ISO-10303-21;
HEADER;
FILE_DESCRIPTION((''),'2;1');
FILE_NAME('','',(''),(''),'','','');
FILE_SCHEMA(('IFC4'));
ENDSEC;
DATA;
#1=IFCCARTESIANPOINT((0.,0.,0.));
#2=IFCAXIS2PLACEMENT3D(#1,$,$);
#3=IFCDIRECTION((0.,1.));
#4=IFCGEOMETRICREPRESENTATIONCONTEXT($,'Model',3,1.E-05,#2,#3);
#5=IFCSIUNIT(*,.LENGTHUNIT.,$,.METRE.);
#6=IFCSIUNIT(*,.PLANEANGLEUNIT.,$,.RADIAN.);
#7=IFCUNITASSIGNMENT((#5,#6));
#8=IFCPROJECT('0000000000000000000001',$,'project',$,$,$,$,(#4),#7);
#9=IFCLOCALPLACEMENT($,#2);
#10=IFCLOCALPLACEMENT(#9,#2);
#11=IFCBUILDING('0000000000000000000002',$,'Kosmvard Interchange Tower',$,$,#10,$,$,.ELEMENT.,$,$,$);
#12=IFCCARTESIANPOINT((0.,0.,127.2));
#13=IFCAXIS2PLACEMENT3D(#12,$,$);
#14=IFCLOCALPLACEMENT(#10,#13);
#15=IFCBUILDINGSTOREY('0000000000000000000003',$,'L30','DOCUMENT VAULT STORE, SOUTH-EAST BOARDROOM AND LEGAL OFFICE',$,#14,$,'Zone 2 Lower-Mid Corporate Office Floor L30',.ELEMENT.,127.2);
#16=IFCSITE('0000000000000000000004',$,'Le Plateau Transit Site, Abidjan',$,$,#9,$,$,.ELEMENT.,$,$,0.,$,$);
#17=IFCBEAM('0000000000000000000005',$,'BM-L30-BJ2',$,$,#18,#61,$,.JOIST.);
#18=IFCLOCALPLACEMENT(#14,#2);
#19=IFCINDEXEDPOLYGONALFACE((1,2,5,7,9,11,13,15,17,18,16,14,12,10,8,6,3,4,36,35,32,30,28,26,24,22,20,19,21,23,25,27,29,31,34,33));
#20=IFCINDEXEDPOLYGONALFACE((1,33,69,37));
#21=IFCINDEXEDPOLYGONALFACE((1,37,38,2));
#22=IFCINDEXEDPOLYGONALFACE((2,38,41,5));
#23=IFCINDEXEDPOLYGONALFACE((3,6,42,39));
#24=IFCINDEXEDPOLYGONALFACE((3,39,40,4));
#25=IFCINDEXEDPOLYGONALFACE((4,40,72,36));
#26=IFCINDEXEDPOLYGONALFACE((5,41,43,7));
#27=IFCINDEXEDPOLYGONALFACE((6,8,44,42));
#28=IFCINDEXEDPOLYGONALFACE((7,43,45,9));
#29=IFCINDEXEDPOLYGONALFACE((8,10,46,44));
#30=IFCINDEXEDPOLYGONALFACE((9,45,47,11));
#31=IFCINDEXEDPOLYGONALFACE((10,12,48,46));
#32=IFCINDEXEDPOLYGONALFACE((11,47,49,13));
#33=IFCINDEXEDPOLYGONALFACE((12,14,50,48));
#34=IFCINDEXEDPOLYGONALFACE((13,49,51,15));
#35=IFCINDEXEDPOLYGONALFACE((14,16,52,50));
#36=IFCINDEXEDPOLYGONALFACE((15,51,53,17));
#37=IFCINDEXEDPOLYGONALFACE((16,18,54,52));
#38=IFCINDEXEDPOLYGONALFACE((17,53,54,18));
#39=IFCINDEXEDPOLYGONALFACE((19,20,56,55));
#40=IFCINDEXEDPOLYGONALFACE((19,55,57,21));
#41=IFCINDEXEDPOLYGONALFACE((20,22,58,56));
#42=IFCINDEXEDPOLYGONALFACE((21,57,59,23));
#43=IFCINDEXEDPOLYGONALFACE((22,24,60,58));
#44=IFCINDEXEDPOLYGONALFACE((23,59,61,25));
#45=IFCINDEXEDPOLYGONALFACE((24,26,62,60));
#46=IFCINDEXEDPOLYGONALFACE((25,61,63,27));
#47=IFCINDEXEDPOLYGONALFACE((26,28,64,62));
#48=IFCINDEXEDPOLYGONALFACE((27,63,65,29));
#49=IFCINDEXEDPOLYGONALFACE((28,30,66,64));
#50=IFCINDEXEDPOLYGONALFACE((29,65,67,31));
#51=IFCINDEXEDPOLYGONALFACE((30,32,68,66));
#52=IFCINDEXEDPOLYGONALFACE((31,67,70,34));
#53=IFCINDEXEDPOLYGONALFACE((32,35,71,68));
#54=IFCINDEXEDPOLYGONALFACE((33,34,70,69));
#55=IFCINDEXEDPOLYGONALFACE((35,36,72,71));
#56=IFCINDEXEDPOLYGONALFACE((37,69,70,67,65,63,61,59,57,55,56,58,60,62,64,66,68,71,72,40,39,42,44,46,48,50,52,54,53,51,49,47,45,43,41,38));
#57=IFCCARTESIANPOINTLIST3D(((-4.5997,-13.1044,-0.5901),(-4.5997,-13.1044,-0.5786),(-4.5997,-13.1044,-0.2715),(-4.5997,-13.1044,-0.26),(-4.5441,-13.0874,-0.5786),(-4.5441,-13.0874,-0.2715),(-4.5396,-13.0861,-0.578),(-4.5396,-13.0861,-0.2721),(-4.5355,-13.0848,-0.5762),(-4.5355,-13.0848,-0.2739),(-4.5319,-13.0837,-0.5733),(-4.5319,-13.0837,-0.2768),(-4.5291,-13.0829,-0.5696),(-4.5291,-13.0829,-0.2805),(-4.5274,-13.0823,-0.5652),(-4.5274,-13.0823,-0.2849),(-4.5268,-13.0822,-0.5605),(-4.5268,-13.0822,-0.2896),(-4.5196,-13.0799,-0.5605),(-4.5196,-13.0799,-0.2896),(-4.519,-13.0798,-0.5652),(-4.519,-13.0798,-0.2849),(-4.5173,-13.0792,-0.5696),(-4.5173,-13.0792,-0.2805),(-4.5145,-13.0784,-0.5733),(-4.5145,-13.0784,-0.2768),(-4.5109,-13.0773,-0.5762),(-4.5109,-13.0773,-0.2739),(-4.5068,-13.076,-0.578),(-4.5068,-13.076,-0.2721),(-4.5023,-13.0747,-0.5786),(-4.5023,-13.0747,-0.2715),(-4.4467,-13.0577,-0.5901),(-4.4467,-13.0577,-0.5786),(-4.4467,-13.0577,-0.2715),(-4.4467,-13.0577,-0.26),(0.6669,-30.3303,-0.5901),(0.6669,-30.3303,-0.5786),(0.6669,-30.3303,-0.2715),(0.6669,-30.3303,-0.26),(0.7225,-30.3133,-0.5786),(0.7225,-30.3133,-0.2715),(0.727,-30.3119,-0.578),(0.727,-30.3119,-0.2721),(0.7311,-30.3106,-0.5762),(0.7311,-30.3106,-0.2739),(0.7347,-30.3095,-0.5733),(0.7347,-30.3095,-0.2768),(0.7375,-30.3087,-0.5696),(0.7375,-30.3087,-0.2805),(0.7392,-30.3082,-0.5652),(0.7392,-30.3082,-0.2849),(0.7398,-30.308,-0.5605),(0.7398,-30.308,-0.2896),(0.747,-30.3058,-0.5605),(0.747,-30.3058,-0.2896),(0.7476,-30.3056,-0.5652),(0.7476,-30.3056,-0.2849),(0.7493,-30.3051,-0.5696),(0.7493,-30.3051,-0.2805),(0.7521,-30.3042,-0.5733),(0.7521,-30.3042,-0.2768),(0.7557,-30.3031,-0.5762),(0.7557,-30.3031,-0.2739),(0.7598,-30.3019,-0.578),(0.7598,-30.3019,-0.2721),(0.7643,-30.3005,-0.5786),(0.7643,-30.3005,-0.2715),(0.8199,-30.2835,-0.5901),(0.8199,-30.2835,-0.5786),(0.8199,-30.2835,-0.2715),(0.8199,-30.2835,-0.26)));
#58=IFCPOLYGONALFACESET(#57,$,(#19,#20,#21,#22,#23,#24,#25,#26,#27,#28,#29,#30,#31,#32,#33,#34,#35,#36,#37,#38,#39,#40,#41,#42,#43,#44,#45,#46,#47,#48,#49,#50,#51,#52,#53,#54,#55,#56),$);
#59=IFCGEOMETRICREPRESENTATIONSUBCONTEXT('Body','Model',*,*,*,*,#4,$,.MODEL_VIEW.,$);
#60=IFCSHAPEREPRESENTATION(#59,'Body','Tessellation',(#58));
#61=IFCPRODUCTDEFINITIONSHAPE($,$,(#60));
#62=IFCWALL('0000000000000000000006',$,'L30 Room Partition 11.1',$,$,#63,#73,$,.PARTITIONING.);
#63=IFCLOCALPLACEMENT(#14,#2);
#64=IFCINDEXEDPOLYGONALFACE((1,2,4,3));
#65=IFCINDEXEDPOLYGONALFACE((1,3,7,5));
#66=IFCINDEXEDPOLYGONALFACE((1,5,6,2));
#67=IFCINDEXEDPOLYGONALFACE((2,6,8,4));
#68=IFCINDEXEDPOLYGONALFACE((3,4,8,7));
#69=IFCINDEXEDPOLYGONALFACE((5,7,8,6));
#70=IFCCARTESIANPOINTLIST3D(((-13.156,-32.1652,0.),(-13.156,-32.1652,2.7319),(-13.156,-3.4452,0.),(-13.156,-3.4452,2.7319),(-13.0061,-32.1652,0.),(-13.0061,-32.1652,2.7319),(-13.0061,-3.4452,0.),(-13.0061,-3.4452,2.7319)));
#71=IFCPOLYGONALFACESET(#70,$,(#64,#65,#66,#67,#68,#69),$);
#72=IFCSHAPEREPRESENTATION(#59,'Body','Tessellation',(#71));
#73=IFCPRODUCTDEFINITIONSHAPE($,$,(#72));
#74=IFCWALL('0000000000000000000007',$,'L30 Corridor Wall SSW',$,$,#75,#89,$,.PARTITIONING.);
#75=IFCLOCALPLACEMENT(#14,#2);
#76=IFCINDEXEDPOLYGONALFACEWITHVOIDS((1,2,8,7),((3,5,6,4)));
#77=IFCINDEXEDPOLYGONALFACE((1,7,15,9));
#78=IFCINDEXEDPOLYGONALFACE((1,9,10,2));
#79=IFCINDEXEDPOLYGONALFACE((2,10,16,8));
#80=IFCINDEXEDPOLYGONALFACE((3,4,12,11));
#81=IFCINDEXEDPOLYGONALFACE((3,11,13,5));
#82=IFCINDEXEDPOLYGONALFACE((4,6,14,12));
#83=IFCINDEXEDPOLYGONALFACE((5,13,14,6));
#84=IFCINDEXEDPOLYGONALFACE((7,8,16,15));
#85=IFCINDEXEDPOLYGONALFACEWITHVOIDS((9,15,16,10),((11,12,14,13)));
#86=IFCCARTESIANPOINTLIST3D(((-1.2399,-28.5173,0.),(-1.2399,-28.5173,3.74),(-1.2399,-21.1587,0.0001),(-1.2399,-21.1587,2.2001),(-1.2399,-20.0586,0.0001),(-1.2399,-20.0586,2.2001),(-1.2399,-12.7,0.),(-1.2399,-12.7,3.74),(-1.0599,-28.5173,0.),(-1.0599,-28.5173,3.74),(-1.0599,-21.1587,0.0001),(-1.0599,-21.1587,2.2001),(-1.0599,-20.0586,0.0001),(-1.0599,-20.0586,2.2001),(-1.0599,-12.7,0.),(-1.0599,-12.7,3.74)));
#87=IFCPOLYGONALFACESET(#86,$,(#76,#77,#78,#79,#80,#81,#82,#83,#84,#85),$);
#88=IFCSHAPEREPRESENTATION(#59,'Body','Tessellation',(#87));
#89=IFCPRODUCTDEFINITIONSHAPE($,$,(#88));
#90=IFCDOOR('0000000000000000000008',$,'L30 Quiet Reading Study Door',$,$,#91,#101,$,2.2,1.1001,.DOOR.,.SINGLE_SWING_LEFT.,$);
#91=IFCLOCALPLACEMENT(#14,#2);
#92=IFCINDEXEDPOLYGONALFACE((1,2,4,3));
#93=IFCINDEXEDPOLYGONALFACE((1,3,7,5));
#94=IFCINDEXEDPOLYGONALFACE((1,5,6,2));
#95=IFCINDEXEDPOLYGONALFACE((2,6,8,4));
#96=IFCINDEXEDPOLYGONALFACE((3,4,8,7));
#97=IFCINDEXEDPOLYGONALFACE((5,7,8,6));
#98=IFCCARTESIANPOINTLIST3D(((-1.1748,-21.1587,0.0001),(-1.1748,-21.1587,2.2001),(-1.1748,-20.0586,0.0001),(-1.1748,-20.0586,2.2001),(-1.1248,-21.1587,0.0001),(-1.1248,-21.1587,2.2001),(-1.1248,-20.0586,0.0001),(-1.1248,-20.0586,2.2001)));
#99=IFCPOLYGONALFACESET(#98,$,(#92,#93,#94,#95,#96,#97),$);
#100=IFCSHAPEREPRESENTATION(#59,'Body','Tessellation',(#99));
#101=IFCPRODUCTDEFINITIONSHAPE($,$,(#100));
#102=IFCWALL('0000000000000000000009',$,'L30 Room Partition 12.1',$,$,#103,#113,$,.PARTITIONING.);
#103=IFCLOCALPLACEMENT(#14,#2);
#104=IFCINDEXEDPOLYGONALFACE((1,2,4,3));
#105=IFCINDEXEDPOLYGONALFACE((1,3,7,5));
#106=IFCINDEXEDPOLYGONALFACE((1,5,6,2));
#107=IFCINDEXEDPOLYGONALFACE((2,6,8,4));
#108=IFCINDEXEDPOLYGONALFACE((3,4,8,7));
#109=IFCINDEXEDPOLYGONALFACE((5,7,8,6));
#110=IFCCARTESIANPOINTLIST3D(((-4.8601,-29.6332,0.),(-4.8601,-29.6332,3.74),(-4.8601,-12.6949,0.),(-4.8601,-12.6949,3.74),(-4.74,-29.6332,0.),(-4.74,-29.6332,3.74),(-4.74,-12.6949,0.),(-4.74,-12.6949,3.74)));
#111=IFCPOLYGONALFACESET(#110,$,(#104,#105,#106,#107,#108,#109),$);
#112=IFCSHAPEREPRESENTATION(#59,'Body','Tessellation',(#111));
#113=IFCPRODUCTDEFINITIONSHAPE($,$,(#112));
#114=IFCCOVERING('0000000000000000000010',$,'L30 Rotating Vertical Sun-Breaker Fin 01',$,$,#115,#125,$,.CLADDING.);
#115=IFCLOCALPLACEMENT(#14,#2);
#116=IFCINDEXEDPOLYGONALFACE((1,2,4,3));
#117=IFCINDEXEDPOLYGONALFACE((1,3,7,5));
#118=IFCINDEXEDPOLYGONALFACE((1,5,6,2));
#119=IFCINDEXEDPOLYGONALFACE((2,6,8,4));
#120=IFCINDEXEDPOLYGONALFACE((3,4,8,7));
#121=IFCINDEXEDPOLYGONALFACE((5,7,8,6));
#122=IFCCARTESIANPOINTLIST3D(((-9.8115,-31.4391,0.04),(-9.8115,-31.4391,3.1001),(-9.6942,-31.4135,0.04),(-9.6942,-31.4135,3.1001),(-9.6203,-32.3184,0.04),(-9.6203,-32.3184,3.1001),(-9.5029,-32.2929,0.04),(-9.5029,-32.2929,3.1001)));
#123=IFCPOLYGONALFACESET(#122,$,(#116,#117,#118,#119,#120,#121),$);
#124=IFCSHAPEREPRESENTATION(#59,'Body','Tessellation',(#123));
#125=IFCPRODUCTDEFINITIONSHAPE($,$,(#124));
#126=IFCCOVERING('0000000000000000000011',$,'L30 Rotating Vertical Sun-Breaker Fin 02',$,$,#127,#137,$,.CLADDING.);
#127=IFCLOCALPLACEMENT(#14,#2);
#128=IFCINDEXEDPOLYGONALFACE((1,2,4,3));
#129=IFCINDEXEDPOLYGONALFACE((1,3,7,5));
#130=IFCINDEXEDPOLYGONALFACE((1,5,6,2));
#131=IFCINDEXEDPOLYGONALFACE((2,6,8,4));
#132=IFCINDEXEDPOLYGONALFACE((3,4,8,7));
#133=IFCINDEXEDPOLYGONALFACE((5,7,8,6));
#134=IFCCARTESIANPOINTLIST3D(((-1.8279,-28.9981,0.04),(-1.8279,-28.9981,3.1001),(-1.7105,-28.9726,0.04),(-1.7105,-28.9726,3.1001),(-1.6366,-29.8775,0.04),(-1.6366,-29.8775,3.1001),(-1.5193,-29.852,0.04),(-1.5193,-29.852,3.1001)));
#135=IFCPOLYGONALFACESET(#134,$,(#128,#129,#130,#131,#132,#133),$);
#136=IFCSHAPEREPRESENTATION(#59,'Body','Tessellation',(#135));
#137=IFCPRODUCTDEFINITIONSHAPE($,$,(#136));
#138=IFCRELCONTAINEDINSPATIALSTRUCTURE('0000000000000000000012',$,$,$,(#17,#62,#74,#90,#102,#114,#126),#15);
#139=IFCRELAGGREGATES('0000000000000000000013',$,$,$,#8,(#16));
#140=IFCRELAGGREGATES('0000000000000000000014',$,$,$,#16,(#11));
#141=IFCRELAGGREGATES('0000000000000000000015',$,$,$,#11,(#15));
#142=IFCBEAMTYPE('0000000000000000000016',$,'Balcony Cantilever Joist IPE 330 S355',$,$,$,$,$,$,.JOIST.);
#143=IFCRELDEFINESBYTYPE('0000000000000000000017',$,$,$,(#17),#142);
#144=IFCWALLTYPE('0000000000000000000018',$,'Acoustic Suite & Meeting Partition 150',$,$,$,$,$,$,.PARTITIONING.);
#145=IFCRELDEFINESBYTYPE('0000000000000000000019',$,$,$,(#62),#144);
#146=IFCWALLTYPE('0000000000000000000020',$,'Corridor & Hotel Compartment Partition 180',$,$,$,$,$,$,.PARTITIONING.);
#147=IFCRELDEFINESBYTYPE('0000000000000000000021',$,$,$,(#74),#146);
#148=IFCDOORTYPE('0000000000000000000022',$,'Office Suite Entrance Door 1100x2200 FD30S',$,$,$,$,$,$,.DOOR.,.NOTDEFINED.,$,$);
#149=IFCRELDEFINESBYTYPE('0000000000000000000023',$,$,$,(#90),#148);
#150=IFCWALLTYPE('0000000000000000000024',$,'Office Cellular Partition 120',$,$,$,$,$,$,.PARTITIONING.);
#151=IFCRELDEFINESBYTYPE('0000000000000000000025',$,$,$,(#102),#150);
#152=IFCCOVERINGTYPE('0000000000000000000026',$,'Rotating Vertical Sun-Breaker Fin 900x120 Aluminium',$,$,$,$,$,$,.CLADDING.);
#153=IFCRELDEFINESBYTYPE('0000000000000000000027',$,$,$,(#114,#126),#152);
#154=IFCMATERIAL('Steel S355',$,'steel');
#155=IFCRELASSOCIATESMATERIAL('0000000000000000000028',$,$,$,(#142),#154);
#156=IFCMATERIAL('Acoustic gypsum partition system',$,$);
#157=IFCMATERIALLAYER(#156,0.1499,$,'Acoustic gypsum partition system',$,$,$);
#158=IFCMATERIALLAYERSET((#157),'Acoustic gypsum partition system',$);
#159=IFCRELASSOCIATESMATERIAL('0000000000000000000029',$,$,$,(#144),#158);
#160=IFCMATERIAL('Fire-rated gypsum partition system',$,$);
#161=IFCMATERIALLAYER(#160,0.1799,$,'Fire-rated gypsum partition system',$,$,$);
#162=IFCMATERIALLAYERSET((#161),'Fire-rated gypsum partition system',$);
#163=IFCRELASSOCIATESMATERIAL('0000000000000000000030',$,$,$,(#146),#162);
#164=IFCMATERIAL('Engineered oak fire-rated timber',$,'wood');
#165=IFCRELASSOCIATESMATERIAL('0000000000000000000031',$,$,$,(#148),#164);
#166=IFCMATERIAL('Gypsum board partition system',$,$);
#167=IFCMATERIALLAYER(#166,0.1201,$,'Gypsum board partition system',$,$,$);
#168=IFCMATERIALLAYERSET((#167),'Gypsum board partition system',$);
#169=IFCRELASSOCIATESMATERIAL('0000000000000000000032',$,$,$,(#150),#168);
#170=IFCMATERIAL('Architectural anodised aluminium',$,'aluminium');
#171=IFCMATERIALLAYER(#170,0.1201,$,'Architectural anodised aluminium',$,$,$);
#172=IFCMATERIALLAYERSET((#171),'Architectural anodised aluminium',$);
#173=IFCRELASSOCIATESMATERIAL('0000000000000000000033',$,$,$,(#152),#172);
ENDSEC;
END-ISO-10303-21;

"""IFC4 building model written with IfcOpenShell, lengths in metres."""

from ifc_helpers import new_model, si_unit, direction, frame, frame_2d, origin, origin_2d, place, context, subcontext, project, spatial, rectangle, i_section, extrude, source, transform, mapped, material, layer, layer_set, material_profile, profile_set, type_object, element, fill, save


model = new_model("IFC4")

# Units and contexts
model_context = context("Model", 3, precision=1e-05, world=origin(), true_north=direction((0.0, 1.0)))
body_context = subcontext(model_context, "Body", "Model", "MODEL_VIEW")
ifc_project = project(units=[si_unit("LENGTHUNIT", "METRE"), si_unit("PLANEANGLEUNIT", "RADIAN")], contexts=[model_context])

# Site, building, storey
site_placement = place(None, origin())
site = spatial("IfcSite", under=ifc_project, at=site_placement, Name="Le Plateau Transit Site, Abidjan", CompositionType="ELEMENT", RefElevation=0.0)
building_placement = place(site_placement, origin())
building = spatial("IfcBuilding", under=site, at=building_placement, Name="Kosmvard Interchange Tower", CompositionType="ELEMENT")
storey_placement = place(building_placement, frame((0.0, 0.0, 127.2)))
storey = spatial("IfcBuildingStorey", under=building, at=storey_placement, Name="L30", Description="DOCUMENT VAULT STORE, SOUTH-EAST BOARDROOM AND LEGAL OFFICE", LongName="Zone 2 Lower-Mid Corporate Office Floor L30", CompositionType="ELEMENT", Elevation=127.2)

# Beam
ifc_material_1 = material(Name="Steel S355", Category="steel")
ifc_material_profile_1 = material_profile(ifc_material_1, i_section(OverallWidth=0.1599, OverallDepth=0.3301, WebThickness=0.0076, FlangeThickness=0.0115, FilletRadius=0.0181, at=origin_2d()), Name="IPE 330")
ifc_profile_set_1 = profile_set([ifc_material_profile_1], Name="Steel S355")
beam_type_1 = type_object("IfcBeamType", Name="Balcony Cantilever Joist IPE 330 S355", PredefinedType="JOIST", material=ifc_profile_set_1)
shared_shape_1 = source(origin(), body_context, "Body", "SweptSolid", [
    extrude(i_section(OverallWidth=0.1599, OverallDepth=0.3301, WebThickness=0.0076, FlangeThickness=0.0115, FilletRadius=0.0181, at=origin_2d()), origin(), (0.0, 0.0, 1.0), 18.0129),
])
beam_1_placement = place(storey_placement, frame((-4.5232, -13.0811, -0.425), z_axis=(0.292379, -0.956303, 0.0), x_axis=(0.956303, 0.292379, 0.0)))
element("IfcBeam", 1, at=beam_1_placement, inside=storey, type_object=beam_type_1, Name="BM-L30-BJ2", PredefinedType="JOIST", context=body_context, shape_type="MappedRepresentation", body=[
    mapped(shared_shape_1, transform((0.0, 0.0, 0.0), scale=1.0)),
])

# Wall
ifc_material_2 = material(Name="Acoustic gypsum partition system")
ifc_layer_1 = layer(ifc_material_2, 0.1499, Name="Acoustic gypsum partition system")
ifc_layer_set_1 = layer_set([ifc_layer_1], Name="Acoustic gypsum partition system")
wall_type_1 = type_object("IfcWallType", Name="Acoustic Suite & Meeting Partition 150", PredefinedType="PARTITIONING", material=ifc_layer_set_1)
wall_1_placement = place(storey_placement, frame((-13.0811, -32.165, 0.0), z_axis=(0.0, 0.0, 1.0), x_axis=(0.0, 1.0, 0.0)))
element("IfcWall", 2, at=wall_1_placement, inside=storey, type_object=wall_type_1, Name="L30 Room Partition 11.1", PredefinedType="PARTITIONING", context=body_context, shape_type="SweptSolid", body=[
    extrude(rectangle(XDim=28.72, YDim=0.1499, at=frame_2d((14.3599, 0.0))), origin(), (0.0, 0.0, 1.0), 2.7319),
])

# Wall, opening, door
ifc_material_3 = material(Name="Fire-rated gypsum partition system")
ifc_layer_2 = layer(ifc_material_3, 0.1799, Name="Fire-rated gypsum partition system")
ifc_layer_set_2 = layer_set([ifc_layer_2], Name="Fire-rated gypsum partition system")
wall_type_2 = type_object("IfcWallType", Name="Corridor & Hotel Compartment Partition 180", PredefinedType="PARTITIONING", material=ifc_layer_set_2)
wall_2_placement = place(storey_placement, frame((-1.1499, -28.5173, 0.0), z_axis=(0.0, 0.0, 1.0), x_axis=(0.0, 1.0, 0.0)))
wall_2 = element("IfcWall", 3, at=wall_2_placement, inside=storey, type_object=wall_type_2, Name="L30 Corridor Wall SSW", PredefinedType="PARTITIONING", context=body_context, shape_type="SweptSolid", body=[
    extrude(rectangle(XDim=15.8174, YDim=0.1799, at=frame_2d((7.9087, 0.0))), origin(), (0.0, 0.0, 1.0), 3.74),
])
opening_placement = place(wall_2_placement, frame((7.3586, 0.0, 0.0)))
opening = element("IfcOpeningElement", 4, at=opening_placement, cuts=wall_2, PredefinedType="OPENING", context=body_context, shape_type="SweptSolid", body=[
    extrude(rectangle(XDim=1.1001, YDim=2.2, at=frame_2d((0.55, 1.1001))), frame((0.0, 0.1001, 0.0), z_axis=(0.0, -1.0, 0.0), x_axis=(1.0, 0.0, 0.0)), (0.0, 0.0, 1.0), 0.2),
])
ifc_material_4 = material(Name="Engineered oak fire-rated timber", Category="wood")
door_type = type_object("IfcDoorType", Name="Office Suite Entrance Door 1100x2200 FD30S", OperationType="NOTDEFINED", PredefinedType="DOOR", material=ifc_material_4)
shared_shape_2 = source(origin(), body_context, "Body", "SweptSolid", [
    extrude(rectangle(XDim=1.1001, YDim=2.2, at=frame_2d((0.55, 1.1001))), frame((0.0, 0.0249, 0.0), z_axis=(0.0, -1.0, 0.0), x_axis=(1.0, 0.0, 0.0)), (0.0, 0.0, 1.0), 0.05),
])
door_placement = place(opening_placement, origin())
door = element("IfcDoor", 5, at=door_placement, inside=storey, type_object=door_type, Name="L30 Quiet Reading Study Door", OperationType="SINGLE_SWING_LEFT", OverallHeight=2.2, OverallWidth=1.1001, PredefinedType="DOOR", context=body_context, shape_type="MappedRepresentation", body=[
    mapped(shared_shape_2, transform((0.0, 0.0, 0.0), scale=1.0)),
])
fill(opening, door)

# Wall
ifc_material_5 = material(Name="Gypsum board partition system")
ifc_layer_3 = layer(ifc_material_5, 0.1201, Name="Gypsum board partition system")
ifc_layer_set_3 = layer_set([ifc_layer_3], Name="Gypsum board partition system")
wall_type_3 = type_object("IfcWallType", Name="Office Cellular Partition 120", PredefinedType="PARTITIONING", material=ifc_layer_set_3)
wall_3_placement = place(storey_placement, frame((-4.8, -29.6333, 0.0), z_axis=(0.0, 0.0, 1.0), x_axis=(0.0, 1.0, 0.0)))
element("IfcWall", 6, at=wall_3_placement, inside=storey, type_object=wall_type_3, Name="L30 Room Partition 12.1", PredefinedType="PARTITIONING", context=body_context, shape_type="SweptSolid", body=[
    extrude(rectangle(XDim=16.9382, YDim=0.1201, at=frame_2d((8.4692, 0.0))), origin(), (0.0, 0.0, 1.0), 3.74),
])

# Coverings
ifc_material_6 = material(Name="Architectural anodised aluminium", Category="aluminium")
ifc_layer_4 = layer(ifc_material_6, 0.1201, Name="Architectural anodised aluminium")
ifc_layer_set_4 = layer_set([ifc_layer_4], Name="Architectural anodised aluminium")
covering_type = type_object("IfcCoveringType", Name="Rotating Vertical Sun-Breaker Fin 900x120 Aluminium", PredefinedType="CLADDING", material=ifc_layer_set_4)
shared_shape_3 = source(origin(), body_context, "Body", "SweptSolid", [
    extrude(rectangle(XDim=0.8999, YDim=0.1201, at=origin_2d()), origin(), (0.0, 0.0, 1.0), 3.0601),
])
for number, where, z_axis, x_axis, name in (
    (7, (-9.6572, -31.866, 0.04), (0.0, 0.0, 1.0), (0.212519, -0.977157, 0.0), "L30 Rotating Vertical Sun-Breaker Fin 01"),
    (8, (-1.6736, -29.425, 0.04), (0.0, 0.0, 1.0), (0.212519, -0.977157, 0.0), "L30 Rotating Vertical Sun-Breaker Fin 02"),
):
    element("IfcCovering", number, at=place(storey_placement, frame(where, z_axis=z_axis, x_axis=x_axis)), inside=storey, type_object=covering_type, Name=name, PredefinedType="CLADDING", context=body_context, shape_type="MappedRepresentation", body=[
        mapped(shared_shape_3, transform((0.0, 0.0, 0.0), scale=1.0)),
    ])

save(model, "model.ifc")
